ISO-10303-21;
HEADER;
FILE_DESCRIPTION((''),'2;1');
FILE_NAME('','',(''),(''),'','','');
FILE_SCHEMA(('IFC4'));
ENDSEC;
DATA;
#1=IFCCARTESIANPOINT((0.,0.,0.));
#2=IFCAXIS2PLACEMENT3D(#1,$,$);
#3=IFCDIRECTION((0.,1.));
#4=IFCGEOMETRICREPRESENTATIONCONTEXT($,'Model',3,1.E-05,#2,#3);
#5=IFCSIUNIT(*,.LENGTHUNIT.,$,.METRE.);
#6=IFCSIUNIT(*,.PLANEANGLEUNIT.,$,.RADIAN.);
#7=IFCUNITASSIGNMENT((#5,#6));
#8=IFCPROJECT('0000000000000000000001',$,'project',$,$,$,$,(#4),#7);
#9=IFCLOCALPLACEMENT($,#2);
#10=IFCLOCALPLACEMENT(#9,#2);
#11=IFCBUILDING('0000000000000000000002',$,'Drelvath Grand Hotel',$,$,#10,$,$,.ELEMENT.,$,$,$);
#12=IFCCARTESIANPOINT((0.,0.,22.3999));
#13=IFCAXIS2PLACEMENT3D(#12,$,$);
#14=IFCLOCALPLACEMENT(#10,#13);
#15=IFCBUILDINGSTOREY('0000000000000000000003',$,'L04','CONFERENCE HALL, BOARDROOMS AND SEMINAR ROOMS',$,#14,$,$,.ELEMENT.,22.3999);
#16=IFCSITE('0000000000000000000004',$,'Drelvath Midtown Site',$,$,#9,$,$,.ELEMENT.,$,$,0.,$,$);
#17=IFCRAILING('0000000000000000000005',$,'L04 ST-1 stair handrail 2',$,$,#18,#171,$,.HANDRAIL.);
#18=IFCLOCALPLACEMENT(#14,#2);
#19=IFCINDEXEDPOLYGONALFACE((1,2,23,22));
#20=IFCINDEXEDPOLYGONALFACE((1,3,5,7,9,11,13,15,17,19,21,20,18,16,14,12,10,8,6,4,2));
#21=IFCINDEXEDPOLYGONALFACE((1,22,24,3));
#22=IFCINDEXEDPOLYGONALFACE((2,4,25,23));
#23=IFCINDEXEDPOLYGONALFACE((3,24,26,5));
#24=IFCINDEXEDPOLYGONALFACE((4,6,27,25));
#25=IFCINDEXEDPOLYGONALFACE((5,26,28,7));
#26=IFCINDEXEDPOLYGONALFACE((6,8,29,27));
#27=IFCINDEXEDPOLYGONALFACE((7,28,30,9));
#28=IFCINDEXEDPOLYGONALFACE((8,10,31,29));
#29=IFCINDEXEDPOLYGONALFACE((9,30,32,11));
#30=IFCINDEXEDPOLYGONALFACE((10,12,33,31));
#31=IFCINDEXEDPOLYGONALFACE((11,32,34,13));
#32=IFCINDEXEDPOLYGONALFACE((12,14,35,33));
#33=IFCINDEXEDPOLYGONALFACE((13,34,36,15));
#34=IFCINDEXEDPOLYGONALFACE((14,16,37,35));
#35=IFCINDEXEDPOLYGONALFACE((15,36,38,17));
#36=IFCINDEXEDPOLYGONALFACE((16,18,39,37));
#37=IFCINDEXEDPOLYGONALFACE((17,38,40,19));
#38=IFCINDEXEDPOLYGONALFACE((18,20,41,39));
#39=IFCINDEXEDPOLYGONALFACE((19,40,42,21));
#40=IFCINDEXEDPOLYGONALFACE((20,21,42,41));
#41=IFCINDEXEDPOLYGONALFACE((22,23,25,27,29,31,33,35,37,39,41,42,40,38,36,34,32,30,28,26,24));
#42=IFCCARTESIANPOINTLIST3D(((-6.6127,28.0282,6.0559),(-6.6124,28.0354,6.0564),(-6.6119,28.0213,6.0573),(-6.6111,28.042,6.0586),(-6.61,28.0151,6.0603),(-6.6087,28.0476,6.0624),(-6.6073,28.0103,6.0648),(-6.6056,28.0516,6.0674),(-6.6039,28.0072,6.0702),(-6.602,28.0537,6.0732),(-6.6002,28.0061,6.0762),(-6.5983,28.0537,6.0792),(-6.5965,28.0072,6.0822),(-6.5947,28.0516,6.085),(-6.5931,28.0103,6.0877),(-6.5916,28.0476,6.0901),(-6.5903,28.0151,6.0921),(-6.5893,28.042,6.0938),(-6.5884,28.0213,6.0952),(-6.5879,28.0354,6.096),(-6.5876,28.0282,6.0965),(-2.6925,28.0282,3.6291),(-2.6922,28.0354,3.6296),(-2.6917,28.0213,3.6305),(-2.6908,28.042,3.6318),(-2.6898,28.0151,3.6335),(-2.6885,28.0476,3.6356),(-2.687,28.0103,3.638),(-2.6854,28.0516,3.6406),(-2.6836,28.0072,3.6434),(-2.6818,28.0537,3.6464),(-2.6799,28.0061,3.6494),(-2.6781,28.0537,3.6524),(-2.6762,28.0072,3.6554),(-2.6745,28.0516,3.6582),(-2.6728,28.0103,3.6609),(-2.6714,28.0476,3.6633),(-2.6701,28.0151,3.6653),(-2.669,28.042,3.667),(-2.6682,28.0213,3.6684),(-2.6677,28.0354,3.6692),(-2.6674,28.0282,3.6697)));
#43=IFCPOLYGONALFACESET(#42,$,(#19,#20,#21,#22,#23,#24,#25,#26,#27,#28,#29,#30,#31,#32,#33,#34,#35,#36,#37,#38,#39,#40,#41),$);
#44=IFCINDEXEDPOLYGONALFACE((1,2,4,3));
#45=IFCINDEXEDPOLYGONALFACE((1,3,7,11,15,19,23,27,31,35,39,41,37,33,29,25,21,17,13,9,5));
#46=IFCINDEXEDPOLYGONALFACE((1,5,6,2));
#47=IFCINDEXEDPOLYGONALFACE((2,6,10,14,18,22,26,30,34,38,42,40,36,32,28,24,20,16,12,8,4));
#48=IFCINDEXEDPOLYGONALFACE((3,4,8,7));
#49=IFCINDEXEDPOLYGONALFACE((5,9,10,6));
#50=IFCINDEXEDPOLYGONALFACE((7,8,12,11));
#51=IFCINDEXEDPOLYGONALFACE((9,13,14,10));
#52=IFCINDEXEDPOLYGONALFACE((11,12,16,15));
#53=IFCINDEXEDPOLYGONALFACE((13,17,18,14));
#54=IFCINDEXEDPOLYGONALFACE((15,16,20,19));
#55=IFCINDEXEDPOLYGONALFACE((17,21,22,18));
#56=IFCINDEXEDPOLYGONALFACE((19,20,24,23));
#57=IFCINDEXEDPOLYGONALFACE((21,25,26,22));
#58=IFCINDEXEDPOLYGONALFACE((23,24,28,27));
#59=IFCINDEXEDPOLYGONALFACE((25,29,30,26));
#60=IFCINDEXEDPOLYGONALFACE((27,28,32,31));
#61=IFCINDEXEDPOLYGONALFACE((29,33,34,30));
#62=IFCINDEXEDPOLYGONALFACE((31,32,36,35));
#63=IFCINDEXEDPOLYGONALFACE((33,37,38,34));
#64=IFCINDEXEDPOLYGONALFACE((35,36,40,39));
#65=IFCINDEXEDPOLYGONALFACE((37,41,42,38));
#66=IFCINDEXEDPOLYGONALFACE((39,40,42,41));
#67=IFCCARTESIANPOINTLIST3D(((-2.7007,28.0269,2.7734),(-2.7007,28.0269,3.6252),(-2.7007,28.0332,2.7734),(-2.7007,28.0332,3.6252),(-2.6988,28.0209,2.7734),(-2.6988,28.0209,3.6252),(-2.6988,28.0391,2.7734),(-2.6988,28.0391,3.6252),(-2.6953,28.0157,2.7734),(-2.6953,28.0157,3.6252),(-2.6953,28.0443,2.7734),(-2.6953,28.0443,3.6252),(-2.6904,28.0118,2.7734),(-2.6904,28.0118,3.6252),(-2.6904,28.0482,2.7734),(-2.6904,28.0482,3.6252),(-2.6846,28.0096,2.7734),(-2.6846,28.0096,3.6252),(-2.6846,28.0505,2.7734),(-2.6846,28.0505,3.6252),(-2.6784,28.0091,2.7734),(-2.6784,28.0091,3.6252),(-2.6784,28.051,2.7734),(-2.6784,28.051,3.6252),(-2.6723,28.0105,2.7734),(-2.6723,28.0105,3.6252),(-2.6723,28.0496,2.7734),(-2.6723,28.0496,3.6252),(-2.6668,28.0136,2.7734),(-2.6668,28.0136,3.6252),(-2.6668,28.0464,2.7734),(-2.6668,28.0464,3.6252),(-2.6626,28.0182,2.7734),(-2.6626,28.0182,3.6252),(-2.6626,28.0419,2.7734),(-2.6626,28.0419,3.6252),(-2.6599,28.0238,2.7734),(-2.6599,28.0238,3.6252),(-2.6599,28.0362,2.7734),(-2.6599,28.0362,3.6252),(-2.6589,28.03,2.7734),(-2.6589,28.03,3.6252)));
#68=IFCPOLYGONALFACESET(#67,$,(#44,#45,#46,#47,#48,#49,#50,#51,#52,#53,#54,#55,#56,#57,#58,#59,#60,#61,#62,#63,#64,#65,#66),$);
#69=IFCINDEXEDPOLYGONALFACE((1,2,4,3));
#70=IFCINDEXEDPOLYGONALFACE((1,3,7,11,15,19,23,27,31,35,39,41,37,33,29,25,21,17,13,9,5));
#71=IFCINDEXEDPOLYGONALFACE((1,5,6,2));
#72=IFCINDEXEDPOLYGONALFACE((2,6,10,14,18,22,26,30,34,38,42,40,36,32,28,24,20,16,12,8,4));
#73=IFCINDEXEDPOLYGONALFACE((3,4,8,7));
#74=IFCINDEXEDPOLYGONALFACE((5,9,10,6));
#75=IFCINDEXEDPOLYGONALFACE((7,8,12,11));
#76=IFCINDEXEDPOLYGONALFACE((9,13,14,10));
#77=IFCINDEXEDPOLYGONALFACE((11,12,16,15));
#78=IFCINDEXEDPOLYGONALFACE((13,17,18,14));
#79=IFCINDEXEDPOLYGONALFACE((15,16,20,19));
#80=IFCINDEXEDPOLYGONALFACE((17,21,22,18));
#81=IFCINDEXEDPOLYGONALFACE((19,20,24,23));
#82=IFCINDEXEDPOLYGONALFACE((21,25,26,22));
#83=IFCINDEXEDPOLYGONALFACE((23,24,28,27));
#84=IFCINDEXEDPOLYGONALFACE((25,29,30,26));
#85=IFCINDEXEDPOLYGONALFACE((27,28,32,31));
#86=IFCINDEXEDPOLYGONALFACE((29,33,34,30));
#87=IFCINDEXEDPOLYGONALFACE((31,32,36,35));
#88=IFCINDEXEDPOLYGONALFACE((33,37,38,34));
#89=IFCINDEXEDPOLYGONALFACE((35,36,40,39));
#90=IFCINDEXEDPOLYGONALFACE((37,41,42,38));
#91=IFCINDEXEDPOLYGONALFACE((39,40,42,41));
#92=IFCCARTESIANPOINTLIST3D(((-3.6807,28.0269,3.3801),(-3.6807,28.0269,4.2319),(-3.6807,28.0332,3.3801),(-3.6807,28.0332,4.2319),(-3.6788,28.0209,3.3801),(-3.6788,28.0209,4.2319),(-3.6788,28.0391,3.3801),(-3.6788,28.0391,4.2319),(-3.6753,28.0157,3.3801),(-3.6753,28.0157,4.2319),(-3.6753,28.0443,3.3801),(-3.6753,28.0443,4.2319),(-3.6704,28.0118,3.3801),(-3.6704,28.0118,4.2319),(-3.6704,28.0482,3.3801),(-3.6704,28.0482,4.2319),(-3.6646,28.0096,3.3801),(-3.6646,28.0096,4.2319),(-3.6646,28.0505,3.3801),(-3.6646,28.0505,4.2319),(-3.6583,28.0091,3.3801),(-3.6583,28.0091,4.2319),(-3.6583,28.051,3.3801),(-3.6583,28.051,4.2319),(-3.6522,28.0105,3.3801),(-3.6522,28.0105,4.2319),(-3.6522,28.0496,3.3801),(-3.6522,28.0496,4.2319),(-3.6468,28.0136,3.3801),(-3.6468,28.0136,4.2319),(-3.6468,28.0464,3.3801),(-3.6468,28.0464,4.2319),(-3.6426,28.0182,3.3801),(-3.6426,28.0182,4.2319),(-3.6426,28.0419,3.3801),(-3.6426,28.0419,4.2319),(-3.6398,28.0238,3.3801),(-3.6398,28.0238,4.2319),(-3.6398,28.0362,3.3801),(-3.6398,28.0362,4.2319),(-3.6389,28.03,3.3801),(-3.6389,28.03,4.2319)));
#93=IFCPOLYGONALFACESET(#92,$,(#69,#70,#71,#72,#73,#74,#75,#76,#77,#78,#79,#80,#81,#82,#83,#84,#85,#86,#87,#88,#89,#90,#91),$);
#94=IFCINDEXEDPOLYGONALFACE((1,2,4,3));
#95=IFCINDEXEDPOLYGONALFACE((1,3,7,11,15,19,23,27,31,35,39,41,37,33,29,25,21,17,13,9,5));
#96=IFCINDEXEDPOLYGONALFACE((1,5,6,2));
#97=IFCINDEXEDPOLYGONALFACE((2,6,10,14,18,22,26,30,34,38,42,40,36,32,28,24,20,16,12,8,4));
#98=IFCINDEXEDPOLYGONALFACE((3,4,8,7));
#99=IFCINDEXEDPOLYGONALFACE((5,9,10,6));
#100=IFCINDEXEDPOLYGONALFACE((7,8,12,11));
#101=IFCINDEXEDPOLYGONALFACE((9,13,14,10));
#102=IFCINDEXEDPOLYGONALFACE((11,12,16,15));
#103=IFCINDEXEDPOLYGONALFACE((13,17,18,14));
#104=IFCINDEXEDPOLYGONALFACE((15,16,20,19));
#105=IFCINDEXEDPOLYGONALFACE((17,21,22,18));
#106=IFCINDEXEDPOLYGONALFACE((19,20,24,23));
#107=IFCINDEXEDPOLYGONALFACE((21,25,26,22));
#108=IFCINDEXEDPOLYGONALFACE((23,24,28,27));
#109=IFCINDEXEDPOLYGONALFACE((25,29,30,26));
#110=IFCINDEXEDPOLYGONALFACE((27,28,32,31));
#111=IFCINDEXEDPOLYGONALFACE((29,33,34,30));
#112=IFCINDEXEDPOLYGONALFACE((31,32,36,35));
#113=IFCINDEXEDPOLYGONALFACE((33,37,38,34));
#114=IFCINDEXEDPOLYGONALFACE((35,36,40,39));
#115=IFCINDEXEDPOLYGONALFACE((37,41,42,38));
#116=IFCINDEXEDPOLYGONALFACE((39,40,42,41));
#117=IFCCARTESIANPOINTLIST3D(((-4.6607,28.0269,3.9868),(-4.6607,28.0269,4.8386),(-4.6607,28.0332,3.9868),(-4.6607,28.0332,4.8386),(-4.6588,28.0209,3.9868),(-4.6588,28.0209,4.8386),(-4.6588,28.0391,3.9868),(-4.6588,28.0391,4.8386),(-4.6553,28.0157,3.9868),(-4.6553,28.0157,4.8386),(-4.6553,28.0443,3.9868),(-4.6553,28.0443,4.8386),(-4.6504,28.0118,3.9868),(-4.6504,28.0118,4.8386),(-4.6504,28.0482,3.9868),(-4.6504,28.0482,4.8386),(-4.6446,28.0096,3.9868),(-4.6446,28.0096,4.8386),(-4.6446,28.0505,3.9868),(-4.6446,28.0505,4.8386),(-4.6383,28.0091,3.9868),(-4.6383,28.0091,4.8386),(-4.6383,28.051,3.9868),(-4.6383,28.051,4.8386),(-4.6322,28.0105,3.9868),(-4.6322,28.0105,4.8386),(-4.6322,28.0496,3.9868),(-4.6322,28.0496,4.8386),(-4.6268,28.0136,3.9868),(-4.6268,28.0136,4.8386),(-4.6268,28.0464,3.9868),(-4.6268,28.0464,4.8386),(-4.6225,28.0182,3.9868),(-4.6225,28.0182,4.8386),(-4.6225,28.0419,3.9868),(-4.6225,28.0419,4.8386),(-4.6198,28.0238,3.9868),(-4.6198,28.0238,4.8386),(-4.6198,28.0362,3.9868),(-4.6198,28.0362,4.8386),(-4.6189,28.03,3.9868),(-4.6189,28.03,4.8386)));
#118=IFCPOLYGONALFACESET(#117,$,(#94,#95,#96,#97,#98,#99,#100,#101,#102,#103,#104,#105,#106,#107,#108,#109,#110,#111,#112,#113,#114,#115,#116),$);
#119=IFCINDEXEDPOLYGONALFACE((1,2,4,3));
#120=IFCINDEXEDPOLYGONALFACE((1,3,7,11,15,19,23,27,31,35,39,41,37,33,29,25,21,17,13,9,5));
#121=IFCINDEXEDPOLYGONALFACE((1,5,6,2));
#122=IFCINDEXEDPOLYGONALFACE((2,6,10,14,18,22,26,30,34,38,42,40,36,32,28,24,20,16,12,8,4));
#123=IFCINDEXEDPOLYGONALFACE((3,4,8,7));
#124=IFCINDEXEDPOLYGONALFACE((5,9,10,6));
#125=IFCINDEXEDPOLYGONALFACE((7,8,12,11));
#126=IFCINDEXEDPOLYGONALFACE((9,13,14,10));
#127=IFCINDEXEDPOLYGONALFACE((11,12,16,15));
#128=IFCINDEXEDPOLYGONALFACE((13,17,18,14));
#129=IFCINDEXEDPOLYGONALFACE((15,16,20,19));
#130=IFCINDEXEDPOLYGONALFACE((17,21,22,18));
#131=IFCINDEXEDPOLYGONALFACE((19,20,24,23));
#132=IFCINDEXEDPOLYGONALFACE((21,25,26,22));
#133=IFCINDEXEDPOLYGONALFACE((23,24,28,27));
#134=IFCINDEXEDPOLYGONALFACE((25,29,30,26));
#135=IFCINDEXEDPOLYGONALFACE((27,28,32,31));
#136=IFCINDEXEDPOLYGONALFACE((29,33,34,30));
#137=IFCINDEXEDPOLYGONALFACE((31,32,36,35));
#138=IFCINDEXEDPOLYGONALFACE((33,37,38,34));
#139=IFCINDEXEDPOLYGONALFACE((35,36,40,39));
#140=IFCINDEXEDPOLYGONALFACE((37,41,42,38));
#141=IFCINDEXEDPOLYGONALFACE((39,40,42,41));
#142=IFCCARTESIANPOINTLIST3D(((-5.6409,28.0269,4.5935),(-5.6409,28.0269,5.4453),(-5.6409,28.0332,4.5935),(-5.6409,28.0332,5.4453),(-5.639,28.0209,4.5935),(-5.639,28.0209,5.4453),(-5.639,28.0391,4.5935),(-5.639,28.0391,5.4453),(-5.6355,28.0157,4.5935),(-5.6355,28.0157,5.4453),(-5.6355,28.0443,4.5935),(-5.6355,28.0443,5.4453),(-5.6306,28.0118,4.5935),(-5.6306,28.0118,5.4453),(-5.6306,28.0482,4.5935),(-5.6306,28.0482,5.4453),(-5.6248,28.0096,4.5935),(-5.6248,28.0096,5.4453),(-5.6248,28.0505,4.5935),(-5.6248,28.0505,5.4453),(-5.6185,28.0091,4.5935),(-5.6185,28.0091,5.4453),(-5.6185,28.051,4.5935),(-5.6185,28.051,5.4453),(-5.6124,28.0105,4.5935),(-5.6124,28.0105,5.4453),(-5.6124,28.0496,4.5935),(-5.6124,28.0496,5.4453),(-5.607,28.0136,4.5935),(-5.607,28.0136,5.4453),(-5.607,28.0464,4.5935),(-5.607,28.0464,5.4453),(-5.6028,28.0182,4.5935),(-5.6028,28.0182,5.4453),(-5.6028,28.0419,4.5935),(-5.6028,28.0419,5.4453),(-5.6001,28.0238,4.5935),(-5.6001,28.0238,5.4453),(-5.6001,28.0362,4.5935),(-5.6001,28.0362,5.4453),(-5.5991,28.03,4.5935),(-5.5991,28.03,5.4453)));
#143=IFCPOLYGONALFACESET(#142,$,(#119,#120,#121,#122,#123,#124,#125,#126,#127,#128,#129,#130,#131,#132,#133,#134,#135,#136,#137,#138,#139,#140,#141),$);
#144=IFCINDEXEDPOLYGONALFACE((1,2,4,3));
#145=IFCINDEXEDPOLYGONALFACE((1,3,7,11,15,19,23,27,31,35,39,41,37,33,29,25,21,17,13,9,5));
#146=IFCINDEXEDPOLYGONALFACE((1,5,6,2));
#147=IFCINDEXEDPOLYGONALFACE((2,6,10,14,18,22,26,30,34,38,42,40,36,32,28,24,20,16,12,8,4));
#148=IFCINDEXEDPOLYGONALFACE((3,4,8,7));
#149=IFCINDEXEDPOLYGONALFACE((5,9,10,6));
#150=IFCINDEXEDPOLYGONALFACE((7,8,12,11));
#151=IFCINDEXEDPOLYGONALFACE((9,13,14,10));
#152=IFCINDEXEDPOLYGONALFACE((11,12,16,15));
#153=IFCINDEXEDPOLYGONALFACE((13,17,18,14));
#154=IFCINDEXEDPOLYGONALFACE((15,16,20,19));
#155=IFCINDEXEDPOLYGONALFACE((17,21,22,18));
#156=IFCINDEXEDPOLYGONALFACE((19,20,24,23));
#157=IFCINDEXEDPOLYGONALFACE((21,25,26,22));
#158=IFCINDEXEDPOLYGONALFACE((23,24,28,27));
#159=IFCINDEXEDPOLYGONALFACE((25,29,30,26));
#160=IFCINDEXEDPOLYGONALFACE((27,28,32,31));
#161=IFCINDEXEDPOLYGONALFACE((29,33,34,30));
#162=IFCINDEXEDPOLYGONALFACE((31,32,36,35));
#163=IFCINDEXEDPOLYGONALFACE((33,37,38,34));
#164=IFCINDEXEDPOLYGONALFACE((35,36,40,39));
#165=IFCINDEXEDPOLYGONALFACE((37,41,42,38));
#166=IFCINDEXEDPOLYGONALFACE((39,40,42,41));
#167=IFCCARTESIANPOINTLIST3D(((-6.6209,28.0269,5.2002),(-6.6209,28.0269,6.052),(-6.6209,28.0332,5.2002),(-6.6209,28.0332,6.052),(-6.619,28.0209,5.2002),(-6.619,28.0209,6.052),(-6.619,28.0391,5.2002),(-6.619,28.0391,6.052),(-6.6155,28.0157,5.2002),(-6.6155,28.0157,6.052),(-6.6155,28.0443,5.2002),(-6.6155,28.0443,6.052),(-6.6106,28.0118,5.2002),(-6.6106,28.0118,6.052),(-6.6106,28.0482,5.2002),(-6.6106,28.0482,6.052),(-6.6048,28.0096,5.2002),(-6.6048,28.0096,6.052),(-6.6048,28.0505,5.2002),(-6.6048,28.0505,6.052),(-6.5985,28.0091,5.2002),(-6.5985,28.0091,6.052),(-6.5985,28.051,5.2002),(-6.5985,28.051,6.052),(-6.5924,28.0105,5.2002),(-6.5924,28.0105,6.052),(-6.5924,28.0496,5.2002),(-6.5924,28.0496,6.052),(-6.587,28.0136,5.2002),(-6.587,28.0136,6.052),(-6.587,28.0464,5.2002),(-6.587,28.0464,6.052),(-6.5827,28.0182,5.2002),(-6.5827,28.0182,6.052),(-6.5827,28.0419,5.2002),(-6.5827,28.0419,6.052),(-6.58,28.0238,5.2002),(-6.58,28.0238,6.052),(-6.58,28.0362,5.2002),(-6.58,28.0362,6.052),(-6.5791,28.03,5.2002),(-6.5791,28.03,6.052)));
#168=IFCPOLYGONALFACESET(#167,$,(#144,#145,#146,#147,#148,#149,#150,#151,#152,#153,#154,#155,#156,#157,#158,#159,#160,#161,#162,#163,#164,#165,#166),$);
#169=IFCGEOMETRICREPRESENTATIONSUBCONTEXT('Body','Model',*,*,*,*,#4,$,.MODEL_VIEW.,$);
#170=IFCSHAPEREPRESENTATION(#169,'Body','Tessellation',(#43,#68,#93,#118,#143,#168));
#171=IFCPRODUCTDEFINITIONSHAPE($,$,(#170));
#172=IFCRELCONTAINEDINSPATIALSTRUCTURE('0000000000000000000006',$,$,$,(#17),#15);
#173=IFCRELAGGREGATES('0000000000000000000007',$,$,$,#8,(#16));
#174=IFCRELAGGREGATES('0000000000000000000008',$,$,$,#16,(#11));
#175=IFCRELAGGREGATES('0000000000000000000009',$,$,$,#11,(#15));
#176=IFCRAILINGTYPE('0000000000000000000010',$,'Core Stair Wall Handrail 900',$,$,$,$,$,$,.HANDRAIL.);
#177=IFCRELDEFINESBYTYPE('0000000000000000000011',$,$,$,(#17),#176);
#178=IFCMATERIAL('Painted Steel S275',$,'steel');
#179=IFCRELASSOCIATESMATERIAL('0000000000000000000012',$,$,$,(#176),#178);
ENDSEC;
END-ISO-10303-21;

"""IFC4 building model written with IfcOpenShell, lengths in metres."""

from ifc_helpers import new_model, si_unit, direction, frame, origin, origin_2d, place, context, subcontext, project, spatial, circle, extrude, material, type_object, element, save


model = new_model("IFC4")

# Units and contexts
model_context = context("Model", 3, precision=1e-05, world=origin(), true_north=direction((0.0, 1.0)))
body_context = subcontext(model_context, "Body", "Model", "MODEL_VIEW")
ifc_project = project(units=[si_unit("LENGTHUNIT", "METRE"), si_unit("PLANEANGLEUNIT", "RADIAN")], contexts=[model_context])

# Site, building, storey
site_placement = place(None, origin())
site = spatial("IfcSite", under=ifc_project, at=site_placement, Name="Drelvath Midtown Site", CompositionType="ELEMENT", RefElevation=0.0)
building_placement = place(site_placement, origin())
building = spatial("IfcBuilding", under=site, at=building_placement, Name="Drelvath Grand Hotel", CompositionType="ELEMENT")
storey_placement = place(building_placement, frame((0.0, 0.0, 22.3999)))
storey = spatial("IfcBuildingStorey", under=building, at=storey_placement, Name="L04", Description="CONFERENCE HALL, BOARDROOMS AND SEMINAR ROOMS", CompositionType="ELEMENT", Elevation=22.3999)

# Shared definitions
ifc_material_1 = material(Name="Painted Steel S275", Category="steel")

# Railing
railing_type_1 = type_object("IfcRailingType", Name="Core Stair Wall Handrail 900", PredefinedType="HANDRAIL", material=ifc_material_1)
railing_1_placement = place(storey_placement, frame((-2.6799, 28.03, 2.7734)))
element("IfcRailing", 1, at=railing_1_placement, inside=storey, type_object=railing_type_1, Name="L04 ST-1 stair handrail 2", PredefinedType="HANDRAIL", context=body_context, shape_type="SweptSolid", body=[
    extrude(circle(Radius=0.0239, at=origin_2d()), frame((0.0, 0.0, 0.876), z_axis=(-0.850266, 0.0, 0.526353), x_axis=(0.0, -1.0, 0.0)), (0.0, 0.0, 1.0), 4.6106),
    extrude(circle(Radius=0.021, at=origin_2d()), origin(), (0.0, 0.0, 1.0), 0.8518),
    extrude(circle(Radius=0.021, at=origin_2d()), frame((-0.98, 0.0, 0.6067)), (0.0, 0.0, 1.0), 0.8518),
    extrude(circle(Radius=0.021, at=origin_2d()), frame((-1.96, 0.0, 1.2134)), (0.0, 0.0, 1.0), 0.8518),
    extrude(circle(Radius=0.021, at=origin_2d()), frame((-2.9402, 0.0, 1.8201)), (0.0, 0.0, 1.0), 0.8518),
    extrude(circle(Radius=0.021, at=origin_2d()), frame((-3.9202, 0.0, 2.4268)), (0.0, 0.0, 1.0), 0.8518),
])

save(model, "model.ifc")
